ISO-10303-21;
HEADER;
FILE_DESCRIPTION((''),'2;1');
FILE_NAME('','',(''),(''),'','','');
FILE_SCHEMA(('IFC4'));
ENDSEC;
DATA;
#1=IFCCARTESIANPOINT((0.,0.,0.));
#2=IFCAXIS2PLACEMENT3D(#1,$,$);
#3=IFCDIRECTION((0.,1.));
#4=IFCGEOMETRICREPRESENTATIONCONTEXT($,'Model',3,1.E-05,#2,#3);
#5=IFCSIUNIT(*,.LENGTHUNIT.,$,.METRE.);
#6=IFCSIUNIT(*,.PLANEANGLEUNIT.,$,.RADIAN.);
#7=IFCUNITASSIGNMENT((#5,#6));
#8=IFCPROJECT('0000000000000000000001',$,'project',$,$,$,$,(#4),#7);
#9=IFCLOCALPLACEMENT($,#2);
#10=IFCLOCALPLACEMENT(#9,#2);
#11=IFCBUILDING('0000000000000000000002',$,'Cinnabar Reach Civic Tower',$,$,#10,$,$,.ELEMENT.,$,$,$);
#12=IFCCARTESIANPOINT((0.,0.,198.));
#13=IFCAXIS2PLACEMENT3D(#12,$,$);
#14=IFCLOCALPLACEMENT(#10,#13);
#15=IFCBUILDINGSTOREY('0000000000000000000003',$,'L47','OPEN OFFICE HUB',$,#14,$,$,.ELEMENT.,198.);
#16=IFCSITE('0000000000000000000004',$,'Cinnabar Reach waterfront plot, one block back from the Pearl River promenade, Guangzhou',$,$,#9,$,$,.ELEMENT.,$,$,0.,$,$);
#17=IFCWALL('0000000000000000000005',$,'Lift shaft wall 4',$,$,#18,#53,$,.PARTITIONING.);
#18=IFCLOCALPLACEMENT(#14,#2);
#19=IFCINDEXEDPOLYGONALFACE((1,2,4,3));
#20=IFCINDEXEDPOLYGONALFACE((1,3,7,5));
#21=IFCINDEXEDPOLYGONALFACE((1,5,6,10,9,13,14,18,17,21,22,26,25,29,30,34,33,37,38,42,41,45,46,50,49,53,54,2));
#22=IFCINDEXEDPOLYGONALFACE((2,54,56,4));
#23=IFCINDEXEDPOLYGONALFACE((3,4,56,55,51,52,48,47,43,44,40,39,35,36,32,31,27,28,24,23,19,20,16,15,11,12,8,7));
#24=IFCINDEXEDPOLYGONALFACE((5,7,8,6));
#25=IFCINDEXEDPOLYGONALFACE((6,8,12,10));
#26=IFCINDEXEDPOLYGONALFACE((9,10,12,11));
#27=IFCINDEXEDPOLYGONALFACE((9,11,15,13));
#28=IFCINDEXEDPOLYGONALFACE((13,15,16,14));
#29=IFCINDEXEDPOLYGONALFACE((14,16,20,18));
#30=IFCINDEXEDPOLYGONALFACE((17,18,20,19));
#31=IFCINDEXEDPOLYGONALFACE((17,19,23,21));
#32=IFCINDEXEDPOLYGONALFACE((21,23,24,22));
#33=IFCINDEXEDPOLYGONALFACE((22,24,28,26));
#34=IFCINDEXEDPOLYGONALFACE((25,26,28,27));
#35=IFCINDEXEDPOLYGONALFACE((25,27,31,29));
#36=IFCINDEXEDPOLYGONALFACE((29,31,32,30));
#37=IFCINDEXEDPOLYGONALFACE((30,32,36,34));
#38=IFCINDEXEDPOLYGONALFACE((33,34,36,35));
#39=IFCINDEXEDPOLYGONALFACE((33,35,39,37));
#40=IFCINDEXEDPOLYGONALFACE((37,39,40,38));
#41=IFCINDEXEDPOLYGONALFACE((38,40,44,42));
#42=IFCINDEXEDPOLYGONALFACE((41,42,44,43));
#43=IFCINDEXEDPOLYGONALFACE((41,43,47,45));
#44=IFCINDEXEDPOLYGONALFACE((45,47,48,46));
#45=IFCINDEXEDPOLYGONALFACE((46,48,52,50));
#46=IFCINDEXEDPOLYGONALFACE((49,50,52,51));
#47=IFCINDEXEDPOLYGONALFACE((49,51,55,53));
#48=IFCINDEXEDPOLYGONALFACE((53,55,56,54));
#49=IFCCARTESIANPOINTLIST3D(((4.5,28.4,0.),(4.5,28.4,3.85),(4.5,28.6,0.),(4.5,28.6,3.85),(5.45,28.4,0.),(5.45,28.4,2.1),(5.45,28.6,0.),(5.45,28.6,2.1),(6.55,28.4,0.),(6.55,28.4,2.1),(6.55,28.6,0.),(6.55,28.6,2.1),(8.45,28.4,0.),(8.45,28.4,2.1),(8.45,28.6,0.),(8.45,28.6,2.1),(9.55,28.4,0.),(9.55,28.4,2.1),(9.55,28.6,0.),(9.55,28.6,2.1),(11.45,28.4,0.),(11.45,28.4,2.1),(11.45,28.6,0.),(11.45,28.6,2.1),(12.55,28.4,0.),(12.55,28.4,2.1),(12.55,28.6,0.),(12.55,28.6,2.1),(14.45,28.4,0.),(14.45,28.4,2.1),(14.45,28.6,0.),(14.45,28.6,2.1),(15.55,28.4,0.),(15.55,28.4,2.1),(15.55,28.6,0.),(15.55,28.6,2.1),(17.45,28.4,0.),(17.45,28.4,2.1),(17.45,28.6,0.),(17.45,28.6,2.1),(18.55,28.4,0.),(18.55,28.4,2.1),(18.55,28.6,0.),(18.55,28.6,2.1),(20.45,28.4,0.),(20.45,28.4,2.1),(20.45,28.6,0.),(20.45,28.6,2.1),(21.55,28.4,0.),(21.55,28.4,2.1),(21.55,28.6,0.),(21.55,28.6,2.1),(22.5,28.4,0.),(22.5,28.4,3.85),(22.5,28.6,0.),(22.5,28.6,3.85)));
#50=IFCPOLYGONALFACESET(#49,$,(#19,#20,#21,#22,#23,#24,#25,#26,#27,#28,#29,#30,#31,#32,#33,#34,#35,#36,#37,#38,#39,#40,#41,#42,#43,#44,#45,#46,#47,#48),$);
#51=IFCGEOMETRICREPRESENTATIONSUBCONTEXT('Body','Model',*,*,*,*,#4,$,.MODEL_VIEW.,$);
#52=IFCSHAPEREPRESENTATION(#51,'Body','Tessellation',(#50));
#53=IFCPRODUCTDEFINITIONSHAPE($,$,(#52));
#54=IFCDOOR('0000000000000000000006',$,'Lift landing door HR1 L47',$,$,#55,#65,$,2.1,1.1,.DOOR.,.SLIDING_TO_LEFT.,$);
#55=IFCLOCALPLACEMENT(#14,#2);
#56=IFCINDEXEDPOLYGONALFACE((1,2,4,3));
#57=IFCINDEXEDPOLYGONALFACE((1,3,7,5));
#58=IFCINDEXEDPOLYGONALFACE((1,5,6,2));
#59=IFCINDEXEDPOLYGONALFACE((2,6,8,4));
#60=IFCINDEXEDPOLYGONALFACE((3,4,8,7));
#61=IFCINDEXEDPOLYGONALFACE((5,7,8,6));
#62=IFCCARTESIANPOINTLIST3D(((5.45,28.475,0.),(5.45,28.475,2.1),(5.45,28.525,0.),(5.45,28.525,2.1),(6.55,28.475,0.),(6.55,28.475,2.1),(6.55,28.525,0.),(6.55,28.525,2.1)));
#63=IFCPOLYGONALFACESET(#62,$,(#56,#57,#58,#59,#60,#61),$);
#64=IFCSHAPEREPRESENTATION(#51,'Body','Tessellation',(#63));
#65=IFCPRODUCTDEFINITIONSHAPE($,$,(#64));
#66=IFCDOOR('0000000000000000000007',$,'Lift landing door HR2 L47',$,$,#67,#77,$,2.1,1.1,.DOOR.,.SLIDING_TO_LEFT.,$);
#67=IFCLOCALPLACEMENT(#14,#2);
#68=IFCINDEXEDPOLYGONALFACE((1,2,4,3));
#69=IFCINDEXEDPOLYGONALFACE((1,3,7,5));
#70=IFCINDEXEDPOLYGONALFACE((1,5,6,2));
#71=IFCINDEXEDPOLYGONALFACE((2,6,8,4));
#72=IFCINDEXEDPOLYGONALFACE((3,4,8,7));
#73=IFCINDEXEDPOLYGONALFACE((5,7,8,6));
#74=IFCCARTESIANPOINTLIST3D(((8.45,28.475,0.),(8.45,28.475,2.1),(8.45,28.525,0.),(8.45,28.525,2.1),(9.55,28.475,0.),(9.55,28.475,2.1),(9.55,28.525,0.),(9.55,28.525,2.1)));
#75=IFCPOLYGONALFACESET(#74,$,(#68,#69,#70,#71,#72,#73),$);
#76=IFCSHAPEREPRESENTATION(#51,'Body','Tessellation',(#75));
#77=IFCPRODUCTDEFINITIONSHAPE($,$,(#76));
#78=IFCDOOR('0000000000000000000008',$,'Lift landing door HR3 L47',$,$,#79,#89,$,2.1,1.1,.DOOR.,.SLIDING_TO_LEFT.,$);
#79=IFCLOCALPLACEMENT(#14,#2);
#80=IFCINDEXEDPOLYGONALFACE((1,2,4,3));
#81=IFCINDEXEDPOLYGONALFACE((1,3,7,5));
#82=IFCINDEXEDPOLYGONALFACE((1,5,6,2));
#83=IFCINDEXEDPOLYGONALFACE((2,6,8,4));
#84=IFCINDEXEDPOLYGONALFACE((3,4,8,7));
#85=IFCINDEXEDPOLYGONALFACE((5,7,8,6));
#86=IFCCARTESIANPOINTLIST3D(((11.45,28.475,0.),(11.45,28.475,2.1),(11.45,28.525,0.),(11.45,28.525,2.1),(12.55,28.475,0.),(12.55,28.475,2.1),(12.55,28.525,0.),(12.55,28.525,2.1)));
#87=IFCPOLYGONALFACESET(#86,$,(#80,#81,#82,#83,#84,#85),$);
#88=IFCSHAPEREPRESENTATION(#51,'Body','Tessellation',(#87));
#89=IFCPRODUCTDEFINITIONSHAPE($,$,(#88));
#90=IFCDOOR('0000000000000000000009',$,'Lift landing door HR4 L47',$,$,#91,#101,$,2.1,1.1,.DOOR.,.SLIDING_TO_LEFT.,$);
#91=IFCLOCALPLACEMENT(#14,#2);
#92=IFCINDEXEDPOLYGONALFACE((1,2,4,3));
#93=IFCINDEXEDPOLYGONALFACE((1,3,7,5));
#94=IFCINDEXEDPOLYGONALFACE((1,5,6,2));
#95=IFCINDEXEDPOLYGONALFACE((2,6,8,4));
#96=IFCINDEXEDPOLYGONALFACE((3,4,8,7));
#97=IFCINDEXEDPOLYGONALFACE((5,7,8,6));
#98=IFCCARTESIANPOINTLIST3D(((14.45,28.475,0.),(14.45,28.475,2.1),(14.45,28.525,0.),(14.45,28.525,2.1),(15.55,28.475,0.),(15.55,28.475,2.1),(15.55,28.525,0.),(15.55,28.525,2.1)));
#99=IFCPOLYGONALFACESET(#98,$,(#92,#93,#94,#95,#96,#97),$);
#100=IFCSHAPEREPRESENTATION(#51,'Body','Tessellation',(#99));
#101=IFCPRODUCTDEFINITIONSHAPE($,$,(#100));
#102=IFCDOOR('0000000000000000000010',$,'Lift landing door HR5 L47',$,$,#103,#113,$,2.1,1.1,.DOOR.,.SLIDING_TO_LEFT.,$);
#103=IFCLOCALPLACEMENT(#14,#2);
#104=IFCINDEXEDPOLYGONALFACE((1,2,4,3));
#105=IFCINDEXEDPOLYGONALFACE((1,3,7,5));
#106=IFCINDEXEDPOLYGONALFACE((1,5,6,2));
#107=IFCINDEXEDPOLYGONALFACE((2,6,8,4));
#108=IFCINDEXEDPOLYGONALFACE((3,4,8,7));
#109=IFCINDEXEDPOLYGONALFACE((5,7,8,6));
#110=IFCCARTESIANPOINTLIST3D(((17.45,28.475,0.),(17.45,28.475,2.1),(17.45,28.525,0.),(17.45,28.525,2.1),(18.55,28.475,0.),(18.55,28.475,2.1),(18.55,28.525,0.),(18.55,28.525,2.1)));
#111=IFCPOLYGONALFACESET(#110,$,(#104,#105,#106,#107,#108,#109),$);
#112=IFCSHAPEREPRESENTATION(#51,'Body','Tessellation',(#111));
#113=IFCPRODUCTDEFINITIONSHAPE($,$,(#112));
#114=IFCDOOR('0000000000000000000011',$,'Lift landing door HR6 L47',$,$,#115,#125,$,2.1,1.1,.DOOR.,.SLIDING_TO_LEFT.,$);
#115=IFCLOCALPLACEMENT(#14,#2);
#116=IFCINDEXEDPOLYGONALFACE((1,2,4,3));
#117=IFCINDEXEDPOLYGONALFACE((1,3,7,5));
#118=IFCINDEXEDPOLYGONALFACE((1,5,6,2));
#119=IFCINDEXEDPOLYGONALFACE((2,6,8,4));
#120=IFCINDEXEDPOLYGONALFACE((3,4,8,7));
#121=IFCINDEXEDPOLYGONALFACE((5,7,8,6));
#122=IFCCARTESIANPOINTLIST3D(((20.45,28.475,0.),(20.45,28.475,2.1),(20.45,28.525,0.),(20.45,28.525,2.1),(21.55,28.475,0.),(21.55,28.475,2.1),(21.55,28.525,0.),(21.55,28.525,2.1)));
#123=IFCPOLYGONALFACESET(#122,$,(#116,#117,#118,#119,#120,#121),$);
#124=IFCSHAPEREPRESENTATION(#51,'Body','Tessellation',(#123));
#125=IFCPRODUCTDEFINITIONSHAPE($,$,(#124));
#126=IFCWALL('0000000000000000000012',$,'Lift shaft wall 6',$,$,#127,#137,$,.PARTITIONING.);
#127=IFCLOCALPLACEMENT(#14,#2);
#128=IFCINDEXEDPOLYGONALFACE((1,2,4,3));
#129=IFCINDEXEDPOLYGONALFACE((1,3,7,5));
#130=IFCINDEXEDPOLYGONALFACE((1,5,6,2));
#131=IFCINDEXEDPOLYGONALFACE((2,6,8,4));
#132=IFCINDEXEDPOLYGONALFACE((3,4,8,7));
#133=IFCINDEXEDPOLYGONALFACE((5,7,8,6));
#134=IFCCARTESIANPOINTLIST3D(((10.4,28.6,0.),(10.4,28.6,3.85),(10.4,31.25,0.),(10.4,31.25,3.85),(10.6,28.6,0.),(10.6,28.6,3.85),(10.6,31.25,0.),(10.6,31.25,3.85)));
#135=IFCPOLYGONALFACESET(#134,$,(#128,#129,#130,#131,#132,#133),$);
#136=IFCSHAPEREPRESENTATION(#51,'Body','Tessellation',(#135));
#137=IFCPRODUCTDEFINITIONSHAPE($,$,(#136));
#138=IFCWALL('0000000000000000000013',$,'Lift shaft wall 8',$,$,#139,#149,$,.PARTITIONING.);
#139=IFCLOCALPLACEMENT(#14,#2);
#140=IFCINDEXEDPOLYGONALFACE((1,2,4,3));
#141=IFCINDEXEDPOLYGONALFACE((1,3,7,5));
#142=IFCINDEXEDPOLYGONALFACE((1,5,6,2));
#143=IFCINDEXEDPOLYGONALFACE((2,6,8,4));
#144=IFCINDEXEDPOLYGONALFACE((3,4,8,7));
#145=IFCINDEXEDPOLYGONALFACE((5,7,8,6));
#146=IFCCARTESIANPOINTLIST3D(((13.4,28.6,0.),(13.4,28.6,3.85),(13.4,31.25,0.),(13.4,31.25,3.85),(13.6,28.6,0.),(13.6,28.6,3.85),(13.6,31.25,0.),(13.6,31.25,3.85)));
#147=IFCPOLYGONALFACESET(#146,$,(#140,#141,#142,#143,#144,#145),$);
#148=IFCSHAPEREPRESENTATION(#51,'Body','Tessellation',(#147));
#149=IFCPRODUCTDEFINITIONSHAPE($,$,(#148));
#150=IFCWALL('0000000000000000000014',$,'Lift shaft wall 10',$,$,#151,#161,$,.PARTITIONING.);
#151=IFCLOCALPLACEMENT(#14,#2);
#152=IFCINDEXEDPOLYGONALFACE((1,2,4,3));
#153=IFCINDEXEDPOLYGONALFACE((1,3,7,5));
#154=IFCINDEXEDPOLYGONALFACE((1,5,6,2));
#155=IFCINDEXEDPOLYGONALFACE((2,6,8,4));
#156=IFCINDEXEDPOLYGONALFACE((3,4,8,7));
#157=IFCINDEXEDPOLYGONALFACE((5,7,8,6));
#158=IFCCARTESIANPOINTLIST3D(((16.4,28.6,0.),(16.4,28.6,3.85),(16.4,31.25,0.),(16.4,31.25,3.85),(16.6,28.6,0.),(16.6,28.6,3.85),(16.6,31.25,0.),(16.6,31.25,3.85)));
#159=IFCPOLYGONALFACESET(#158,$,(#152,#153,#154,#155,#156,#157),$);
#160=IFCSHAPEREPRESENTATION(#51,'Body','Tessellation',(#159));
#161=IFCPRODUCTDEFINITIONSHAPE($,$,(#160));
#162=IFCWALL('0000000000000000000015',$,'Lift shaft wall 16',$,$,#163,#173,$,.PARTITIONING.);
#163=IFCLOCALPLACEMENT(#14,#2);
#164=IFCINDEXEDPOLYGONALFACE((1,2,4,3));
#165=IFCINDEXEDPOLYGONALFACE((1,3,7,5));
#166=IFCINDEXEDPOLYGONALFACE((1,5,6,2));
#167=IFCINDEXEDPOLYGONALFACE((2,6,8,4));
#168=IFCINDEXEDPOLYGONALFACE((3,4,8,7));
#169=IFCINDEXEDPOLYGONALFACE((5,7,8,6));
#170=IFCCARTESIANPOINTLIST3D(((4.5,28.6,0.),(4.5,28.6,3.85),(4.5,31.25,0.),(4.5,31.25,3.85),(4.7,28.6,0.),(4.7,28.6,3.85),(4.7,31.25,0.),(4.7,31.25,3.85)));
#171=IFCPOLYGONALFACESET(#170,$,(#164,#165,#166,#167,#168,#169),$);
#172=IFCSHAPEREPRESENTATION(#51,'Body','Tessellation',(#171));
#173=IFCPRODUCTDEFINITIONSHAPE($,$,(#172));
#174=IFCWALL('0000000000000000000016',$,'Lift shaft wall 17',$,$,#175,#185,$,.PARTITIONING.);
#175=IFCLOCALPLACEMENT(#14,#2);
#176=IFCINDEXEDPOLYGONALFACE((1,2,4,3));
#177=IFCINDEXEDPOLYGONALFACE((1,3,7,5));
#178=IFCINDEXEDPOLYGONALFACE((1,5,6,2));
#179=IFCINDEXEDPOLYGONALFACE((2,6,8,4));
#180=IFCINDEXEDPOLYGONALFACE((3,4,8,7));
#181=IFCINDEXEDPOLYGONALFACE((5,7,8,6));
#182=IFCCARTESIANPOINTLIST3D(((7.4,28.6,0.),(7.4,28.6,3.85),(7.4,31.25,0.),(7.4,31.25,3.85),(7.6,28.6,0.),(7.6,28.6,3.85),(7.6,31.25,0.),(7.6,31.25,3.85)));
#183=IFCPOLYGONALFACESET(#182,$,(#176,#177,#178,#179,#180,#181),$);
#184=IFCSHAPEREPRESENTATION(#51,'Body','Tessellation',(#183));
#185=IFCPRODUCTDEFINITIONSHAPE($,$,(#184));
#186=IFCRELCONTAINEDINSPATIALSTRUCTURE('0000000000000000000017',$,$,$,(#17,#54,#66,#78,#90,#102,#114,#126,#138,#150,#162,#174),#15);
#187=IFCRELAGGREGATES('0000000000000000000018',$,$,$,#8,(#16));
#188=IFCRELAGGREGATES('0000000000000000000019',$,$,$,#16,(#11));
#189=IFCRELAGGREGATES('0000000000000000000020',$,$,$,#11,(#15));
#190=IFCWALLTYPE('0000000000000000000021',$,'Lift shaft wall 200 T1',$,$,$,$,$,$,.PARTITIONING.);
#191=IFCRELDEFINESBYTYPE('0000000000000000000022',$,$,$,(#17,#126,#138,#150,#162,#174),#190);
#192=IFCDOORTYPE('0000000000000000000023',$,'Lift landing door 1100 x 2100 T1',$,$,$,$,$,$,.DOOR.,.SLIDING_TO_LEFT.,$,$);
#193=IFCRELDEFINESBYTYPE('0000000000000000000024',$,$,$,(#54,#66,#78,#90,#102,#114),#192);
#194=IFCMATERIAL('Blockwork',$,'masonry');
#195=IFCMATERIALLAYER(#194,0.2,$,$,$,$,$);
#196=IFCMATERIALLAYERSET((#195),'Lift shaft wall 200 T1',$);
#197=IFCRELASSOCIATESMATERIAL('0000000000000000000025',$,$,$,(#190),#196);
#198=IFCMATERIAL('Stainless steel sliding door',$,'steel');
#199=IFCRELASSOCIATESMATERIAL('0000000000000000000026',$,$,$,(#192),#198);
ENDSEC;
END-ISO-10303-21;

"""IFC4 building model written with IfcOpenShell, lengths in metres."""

from ifc_helpers import new_model, si_unit, direction, frame, frame_2d, origin, place, context, subcontext, project, spatial, rectangle, extrude, material, layer, layer_set, type_object, element, fill, save


model = new_model("IFC4")

# Units and contexts
model_context = context("Model", 3, precision=1e-05, world=origin(), true_north=direction((0.0, 1.0)))
body_context = subcontext(model_context, "Body", "Model", "MODEL_VIEW")
ifc_project = project(units=[si_unit("LENGTHUNIT", "METRE"), si_unit("PLANEANGLEUNIT", "RADIAN")], contexts=[model_context])

# Site, building, storey
site_placement = place(None, origin())
site = spatial("IfcSite", under=ifc_project, at=site_placement, Name="Cinnabar Reach waterfront plot, one block back from the Pearl River promenade, Guangzhou", CompositionType="ELEMENT", RefElevation=0.0)
building_placement = place(site_placement, origin())
building = spatial("IfcBuilding", under=site, at=building_placement, Name="Cinnabar Reach Civic Tower", CompositionType="ELEMENT")
storey_placement = place(building_placement, frame((0.0, 0.0, 198.0)))
storey = spatial("IfcBuildingStorey", under=building, at=storey_placement, Name="L47", Description="OPEN OFFICE HUB", CompositionType="ELEMENT", Elevation=198.0)

# Wall, openings, doors
ifc_material_1 = material(Name="Blockwork", Category="masonry")
ifc_layer_1 = layer(ifc_material_1, 0.2)
ifc_layer_set_1 = layer_set([ifc_layer_1], Name="Lift shaft wall 200 T1")
wall_type_1 = type_object("IfcWallType", Name="Lift shaft wall 200 T1", PredefinedType="PARTITIONING", material=ifc_layer_set_1)
wall_1_placement = place(storey_placement, frame((4.5, 28.5, 0.0), z_axis=(0.0, 0.0, 1.0), x_axis=(1.0, 0.0, 0.0)))
wall_1 = element("IfcWall", 1, at=wall_1_placement, inside=storey, type_object=wall_type_1, Name="Lift shaft wall 4", PredefinedType="PARTITIONING", context=body_context, shape_type="SweptSolid", body=[
    extrude(rectangle(XDim=18.0, YDim=0.2, at=frame_2d((9.0, 0.0))), origin(), (0.0, 0.0, 1.0), 3.85),
])
opening_1_placement = place(wall_1_placement, frame((0.95, 0.0, 0.0)))
opening_1 = element("IfcOpeningElement", 2, at=opening_1_placement, cuts=wall_1, PredefinedType="OPENING", context=body_context, shape_type="SweptSolid", body=[
    extrude(rectangle(XDim=1.1, YDim=2.1, at=frame_2d((0.55, 1.05))), frame((0.0, 0.11, 0.0), z_axis=(0.0, -1.0, 0.0), x_axis=(1.0, 0.0, 0.0)), (0.0, 0.0, 1.0), 0.22),
])
opening_2_placement = place(wall_1_placement, frame((3.95, 0.0, 0.0)))
opening_2 = element("IfcOpeningElement", 3, at=opening_2_placement, cuts=wall_1, PredefinedType="OPENING", context=body_context, shape_type="SweptSolid", body=[
    extrude(rectangle(XDim=1.1, YDim=2.1, at=frame_2d((0.55, 1.05))), frame((0.0, 0.11, 0.0), z_axis=(0.0, -1.0, 0.0), x_axis=(1.0, 0.0, 0.0)), (0.0, 0.0, 1.0), 0.22),
])
opening_3_placement = place(wall_1_placement, frame((6.95, 0.0, 0.0)))
opening_3 = element("IfcOpeningElement", 4, at=opening_3_placement, cuts=wall_1, PredefinedType="OPENING", context=body_context, shape_type="SweptSolid", body=[
    extrude(rectangle(XDim=1.1, YDim=2.1, at=frame_2d((0.55, 1.05))), frame((0.0, 0.11, 0.0), z_axis=(0.0, -1.0, 0.0), x_axis=(1.0, 0.0, 0.0)), (0.0, 0.0, 1.0), 0.22),
])
opening_4_placement = place(wall_1_placement, frame((9.95, 0.0, 0.0)))
opening_4 = element("IfcOpeningElement", 5, at=opening_4_placement, cuts=wall_1, PredefinedType="OPENING", context=body_context, shape_type="SweptSolid", body=[
    extrude(rectangle(XDim=1.1, YDim=2.1, at=frame_2d((0.55, 1.05))), frame((0.0, 0.11, 0.0), z_axis=(0.0, -1.0, 0.0), x_axis=(1.0, 0.0, 0.0)), (0.0, 0.0, 1.0), 0.22),
])
opening_5_placement = place(wall_1_placement, frame((12.95, 0.0, 0.0)))
opening_5 = element("IfcOpeningElement", 6, at=opening_5_placement, cuts=wall_1, PredefinedType="OPENING", context=body_context, shape_type="SweptSolid", body=[
    extrude(rectangle(XDim=1.1, YDim=2.1, at=frame_2d((0.55, 1.05))), frame((0.0, 0.11, 0.0), z_axis=(0.0, -1.0, 0.0), x_axis=(1.0, 0.0, 0.0)), (0.0, 0.0, 1.0), 0.22),
])
opening_6_placement = place(wall_1_placement, frame((15.95, 0.0, 0.0)))
opening_6 = element("IfcOpeningElement", 7, at=opening_6_placement, cuts=wall_1, PredefinedType="OPENING", context=body_context, shape_type="SweptSolid", body=[
    extrude(rectangle(XDim=1.1, YDim=2.1, at=frame_2d((0.55, 1.05))), frame((0.0, 0.11, 0.0), z_axis=(0.0, -1.0, 0.0), x_axis=(1.0, 0.0, 0.0)), (0.0, 0.0, 1.0), 0.22),
])
ifc_material_2 = material(Name="Stainless steel sliding door", Category="steel")
door_type_1 = type_object("IfcDoorType", Name="Lift landing door 1100 x 2100 T1", OperationType="SLIDING_TO_LEFT", PredefinedType="DOOR", material=ifc_material_2)
door_1_placement = place(opening_1_placement, origin())
door_1 = element("IfcDoor", 8, at=door_1_placement, inside=storey, type_object=door_type_1, Name="Lift landing door HR1 L47", OperationType="SLIDING_TO_LEFT", OverallHeight=2.1, OverallWidth=1.1, PredefinedType="DOOR", context=body_context, shape_type="SweptSolid", body=[
    extrude(rectangle(XDim=1.1, YDim=2.1, at=frame_2d((0.55, 1.05))), frame((0.0, 0.025, 0.0), z_axis=(0.0, -1.0, 0.0), x_axis=(1.0, 0.0, 0.0)), (0.0, 0.0, 1.0), 0.05),
])
fill(opening_1, door_1)
door_2_placement = place(opening_2_placement, origin())
door_2 = element("IfcDoor", 9, at=door_2_placement, inside=storey, type_object=door_type_1, Name="Lift landing door HR2 L47", OperationType="SLIDING_TO_LEFT", OverallHeight=2.1, OverallWidth=1.1, PredefinedType="DOOR", context=body_context, shape_type="SweptSolid", body=[
    extrude(rectangle(XDim=1.1, YDim=2.1, at=frame_2d((0.55, 1.05))), frame((0.0, 0.025, 0.0), z_axis=(0.0, -1.0, 0.0), x_axis=(1.0, 0.0, 0.0)), (0.0, 0.0, 1.0), 0.05),
])
fill(opening_2, door_2)
door_3_placement = place(opening_3_placement, origin())
door_3 = element("IfcDoor", 10, at=door_3_placement, inside=storey, type_object=door_type_1, Name="Lift landing door HR3 L47", OperationType="SLIDING_TO_LEFT", OverallHeight=2.1, OverallWidth=1.1, PredefinedType="DOOR", context=body_context, shape_type="SweptSolid", body=[
    extrude(rectangle(XDim=1.1, YDim=2.1, at=frame_2d((0.55, 1.05))), frame((0.0, 0.025, 0.0), z_axis=(0.0, -1.0, 0.0), x_axis=(1.0, 0.0, 0.0)), (0.0, 0.0, 1.0), 0.05),
])
fill(opening_3, door_3)
door_4_placement = place(opening_4_placement, origin())
door_4 = element("IfcDoor", 11, at=door_4_placement, inside=storey, type_object=door_type_1, Name="Lift landing door HR4 L47", OperationType="SLIDING_TO_LEFT", OverallHeight=2.1, OverallWidth=1.1, PredefinedType="DOOR", context=body_context, shape_type="SweptSolid", body=[
    extrude(rectangle(XDim=1.1, YDim=2.1, at=frame_2d((0.55, 1.05))), frame((0.0, 0.025, 0.0), z_axis=(0.0, -1.0, 0.0), x_axis=(1.0, 0.0, 0.0)), (0.0, 0.0, 1.0), 0.05),
])
fill(opening_4, door_4)
door_5_placement = place(opening_5_placement, origin())
door_5 = element("IfcDoor", 12, at=door_5_placement, inside=storey, type_object=door_type_1, Name="Lift landing door HR5 L47", OperationType="SLIDING_TO_LEFT", OverallHeight=2.1, OverallWidth=1.1, PredefinedType="DOOR", context=body_context, shape_type="SweptSolid", body=[
    extrude(rectangle(XDim=1.1, YDim=2.1, at=frame_2d((0.55, 1.05))), frame((0.0, 0.025, 0.0), z_axis=(0.0, -1.0, 0.0), x_axis=(1.0, 0.0, 0.0)), (0.0, 0.0, 1.0), 0.05),
])
fill(opening_5, door_5)
door_6_placement = place(opening_6_placement, origin())
door_6 = element("IfcDoor", 13, at=door_6_placement, inside=storey, type_object=door_type_1, Name="Lift landing door HR6 L47", OperationType="SLIDING_TO_LEFT", OverallHeight=2.1, OverallWidth=1.1, PredefinedType="DOOR", context=body_context, shape_type="SweptSolid", body=[
    extrude(rectangle(XDim=1.1, YDim=2.1, at=frame_2d((0.55, 1.05))), frame((0.0, 0.025, 0.0), z_axis=(0.0, -1.0, 0.0), x_axis=(1.0, 0.0, 0.0)), (0.0, 0.0, 1.0), 0.05),
])
fill(opening_6, door_6)

# Walls
for number, where, z_axis, x_axis, name in (
    (14, (10.5, 28.6, 0.0), (0.0, 0.0, 1.0), (0.0, 1.0, 0.0), "Lift shaft wall 6"),
    (15, (13.5, 28.6, 0.0), (0.0, 0.0, 1.0), (0.0, 1.0, 0.0), "Lift shaft wall 8"),
    (16, (16.5, 28.6, 0.0), (0.0, 0.0, 1.0), (0.0, 1.0, 0.0), "Lift shaft wall 10"),
    (17, (4.6, 28.6, 0.0), (0.0, 0.0, 1.0), (0.0, 1.0, 0.0), "Lift shaft wall 16"),
    (18, (7.5, 28.6, 0.0), (0.0, 0.0, 1.0), (0.0, 1.0, 0.0), "Lift shaft wall 17"),
):
    element("IfcWall", number, at=place(storey_placement, frame(where, z_axis=z_axis, x_axis=x_axis)), inside=storey, type_object=wall_type_1, Name=name, PredefinedType="PARTITIONING", context=body_context, shape_type="SweptSolid", body=[
        extrude(rectangle(XDim=2.65, YDim=0.2, at=frame_2d((1.325, 0.0))), origin(), (0.0, 0.0, 1.0), 3.85),
    ])

save(model, "model.ifc")
